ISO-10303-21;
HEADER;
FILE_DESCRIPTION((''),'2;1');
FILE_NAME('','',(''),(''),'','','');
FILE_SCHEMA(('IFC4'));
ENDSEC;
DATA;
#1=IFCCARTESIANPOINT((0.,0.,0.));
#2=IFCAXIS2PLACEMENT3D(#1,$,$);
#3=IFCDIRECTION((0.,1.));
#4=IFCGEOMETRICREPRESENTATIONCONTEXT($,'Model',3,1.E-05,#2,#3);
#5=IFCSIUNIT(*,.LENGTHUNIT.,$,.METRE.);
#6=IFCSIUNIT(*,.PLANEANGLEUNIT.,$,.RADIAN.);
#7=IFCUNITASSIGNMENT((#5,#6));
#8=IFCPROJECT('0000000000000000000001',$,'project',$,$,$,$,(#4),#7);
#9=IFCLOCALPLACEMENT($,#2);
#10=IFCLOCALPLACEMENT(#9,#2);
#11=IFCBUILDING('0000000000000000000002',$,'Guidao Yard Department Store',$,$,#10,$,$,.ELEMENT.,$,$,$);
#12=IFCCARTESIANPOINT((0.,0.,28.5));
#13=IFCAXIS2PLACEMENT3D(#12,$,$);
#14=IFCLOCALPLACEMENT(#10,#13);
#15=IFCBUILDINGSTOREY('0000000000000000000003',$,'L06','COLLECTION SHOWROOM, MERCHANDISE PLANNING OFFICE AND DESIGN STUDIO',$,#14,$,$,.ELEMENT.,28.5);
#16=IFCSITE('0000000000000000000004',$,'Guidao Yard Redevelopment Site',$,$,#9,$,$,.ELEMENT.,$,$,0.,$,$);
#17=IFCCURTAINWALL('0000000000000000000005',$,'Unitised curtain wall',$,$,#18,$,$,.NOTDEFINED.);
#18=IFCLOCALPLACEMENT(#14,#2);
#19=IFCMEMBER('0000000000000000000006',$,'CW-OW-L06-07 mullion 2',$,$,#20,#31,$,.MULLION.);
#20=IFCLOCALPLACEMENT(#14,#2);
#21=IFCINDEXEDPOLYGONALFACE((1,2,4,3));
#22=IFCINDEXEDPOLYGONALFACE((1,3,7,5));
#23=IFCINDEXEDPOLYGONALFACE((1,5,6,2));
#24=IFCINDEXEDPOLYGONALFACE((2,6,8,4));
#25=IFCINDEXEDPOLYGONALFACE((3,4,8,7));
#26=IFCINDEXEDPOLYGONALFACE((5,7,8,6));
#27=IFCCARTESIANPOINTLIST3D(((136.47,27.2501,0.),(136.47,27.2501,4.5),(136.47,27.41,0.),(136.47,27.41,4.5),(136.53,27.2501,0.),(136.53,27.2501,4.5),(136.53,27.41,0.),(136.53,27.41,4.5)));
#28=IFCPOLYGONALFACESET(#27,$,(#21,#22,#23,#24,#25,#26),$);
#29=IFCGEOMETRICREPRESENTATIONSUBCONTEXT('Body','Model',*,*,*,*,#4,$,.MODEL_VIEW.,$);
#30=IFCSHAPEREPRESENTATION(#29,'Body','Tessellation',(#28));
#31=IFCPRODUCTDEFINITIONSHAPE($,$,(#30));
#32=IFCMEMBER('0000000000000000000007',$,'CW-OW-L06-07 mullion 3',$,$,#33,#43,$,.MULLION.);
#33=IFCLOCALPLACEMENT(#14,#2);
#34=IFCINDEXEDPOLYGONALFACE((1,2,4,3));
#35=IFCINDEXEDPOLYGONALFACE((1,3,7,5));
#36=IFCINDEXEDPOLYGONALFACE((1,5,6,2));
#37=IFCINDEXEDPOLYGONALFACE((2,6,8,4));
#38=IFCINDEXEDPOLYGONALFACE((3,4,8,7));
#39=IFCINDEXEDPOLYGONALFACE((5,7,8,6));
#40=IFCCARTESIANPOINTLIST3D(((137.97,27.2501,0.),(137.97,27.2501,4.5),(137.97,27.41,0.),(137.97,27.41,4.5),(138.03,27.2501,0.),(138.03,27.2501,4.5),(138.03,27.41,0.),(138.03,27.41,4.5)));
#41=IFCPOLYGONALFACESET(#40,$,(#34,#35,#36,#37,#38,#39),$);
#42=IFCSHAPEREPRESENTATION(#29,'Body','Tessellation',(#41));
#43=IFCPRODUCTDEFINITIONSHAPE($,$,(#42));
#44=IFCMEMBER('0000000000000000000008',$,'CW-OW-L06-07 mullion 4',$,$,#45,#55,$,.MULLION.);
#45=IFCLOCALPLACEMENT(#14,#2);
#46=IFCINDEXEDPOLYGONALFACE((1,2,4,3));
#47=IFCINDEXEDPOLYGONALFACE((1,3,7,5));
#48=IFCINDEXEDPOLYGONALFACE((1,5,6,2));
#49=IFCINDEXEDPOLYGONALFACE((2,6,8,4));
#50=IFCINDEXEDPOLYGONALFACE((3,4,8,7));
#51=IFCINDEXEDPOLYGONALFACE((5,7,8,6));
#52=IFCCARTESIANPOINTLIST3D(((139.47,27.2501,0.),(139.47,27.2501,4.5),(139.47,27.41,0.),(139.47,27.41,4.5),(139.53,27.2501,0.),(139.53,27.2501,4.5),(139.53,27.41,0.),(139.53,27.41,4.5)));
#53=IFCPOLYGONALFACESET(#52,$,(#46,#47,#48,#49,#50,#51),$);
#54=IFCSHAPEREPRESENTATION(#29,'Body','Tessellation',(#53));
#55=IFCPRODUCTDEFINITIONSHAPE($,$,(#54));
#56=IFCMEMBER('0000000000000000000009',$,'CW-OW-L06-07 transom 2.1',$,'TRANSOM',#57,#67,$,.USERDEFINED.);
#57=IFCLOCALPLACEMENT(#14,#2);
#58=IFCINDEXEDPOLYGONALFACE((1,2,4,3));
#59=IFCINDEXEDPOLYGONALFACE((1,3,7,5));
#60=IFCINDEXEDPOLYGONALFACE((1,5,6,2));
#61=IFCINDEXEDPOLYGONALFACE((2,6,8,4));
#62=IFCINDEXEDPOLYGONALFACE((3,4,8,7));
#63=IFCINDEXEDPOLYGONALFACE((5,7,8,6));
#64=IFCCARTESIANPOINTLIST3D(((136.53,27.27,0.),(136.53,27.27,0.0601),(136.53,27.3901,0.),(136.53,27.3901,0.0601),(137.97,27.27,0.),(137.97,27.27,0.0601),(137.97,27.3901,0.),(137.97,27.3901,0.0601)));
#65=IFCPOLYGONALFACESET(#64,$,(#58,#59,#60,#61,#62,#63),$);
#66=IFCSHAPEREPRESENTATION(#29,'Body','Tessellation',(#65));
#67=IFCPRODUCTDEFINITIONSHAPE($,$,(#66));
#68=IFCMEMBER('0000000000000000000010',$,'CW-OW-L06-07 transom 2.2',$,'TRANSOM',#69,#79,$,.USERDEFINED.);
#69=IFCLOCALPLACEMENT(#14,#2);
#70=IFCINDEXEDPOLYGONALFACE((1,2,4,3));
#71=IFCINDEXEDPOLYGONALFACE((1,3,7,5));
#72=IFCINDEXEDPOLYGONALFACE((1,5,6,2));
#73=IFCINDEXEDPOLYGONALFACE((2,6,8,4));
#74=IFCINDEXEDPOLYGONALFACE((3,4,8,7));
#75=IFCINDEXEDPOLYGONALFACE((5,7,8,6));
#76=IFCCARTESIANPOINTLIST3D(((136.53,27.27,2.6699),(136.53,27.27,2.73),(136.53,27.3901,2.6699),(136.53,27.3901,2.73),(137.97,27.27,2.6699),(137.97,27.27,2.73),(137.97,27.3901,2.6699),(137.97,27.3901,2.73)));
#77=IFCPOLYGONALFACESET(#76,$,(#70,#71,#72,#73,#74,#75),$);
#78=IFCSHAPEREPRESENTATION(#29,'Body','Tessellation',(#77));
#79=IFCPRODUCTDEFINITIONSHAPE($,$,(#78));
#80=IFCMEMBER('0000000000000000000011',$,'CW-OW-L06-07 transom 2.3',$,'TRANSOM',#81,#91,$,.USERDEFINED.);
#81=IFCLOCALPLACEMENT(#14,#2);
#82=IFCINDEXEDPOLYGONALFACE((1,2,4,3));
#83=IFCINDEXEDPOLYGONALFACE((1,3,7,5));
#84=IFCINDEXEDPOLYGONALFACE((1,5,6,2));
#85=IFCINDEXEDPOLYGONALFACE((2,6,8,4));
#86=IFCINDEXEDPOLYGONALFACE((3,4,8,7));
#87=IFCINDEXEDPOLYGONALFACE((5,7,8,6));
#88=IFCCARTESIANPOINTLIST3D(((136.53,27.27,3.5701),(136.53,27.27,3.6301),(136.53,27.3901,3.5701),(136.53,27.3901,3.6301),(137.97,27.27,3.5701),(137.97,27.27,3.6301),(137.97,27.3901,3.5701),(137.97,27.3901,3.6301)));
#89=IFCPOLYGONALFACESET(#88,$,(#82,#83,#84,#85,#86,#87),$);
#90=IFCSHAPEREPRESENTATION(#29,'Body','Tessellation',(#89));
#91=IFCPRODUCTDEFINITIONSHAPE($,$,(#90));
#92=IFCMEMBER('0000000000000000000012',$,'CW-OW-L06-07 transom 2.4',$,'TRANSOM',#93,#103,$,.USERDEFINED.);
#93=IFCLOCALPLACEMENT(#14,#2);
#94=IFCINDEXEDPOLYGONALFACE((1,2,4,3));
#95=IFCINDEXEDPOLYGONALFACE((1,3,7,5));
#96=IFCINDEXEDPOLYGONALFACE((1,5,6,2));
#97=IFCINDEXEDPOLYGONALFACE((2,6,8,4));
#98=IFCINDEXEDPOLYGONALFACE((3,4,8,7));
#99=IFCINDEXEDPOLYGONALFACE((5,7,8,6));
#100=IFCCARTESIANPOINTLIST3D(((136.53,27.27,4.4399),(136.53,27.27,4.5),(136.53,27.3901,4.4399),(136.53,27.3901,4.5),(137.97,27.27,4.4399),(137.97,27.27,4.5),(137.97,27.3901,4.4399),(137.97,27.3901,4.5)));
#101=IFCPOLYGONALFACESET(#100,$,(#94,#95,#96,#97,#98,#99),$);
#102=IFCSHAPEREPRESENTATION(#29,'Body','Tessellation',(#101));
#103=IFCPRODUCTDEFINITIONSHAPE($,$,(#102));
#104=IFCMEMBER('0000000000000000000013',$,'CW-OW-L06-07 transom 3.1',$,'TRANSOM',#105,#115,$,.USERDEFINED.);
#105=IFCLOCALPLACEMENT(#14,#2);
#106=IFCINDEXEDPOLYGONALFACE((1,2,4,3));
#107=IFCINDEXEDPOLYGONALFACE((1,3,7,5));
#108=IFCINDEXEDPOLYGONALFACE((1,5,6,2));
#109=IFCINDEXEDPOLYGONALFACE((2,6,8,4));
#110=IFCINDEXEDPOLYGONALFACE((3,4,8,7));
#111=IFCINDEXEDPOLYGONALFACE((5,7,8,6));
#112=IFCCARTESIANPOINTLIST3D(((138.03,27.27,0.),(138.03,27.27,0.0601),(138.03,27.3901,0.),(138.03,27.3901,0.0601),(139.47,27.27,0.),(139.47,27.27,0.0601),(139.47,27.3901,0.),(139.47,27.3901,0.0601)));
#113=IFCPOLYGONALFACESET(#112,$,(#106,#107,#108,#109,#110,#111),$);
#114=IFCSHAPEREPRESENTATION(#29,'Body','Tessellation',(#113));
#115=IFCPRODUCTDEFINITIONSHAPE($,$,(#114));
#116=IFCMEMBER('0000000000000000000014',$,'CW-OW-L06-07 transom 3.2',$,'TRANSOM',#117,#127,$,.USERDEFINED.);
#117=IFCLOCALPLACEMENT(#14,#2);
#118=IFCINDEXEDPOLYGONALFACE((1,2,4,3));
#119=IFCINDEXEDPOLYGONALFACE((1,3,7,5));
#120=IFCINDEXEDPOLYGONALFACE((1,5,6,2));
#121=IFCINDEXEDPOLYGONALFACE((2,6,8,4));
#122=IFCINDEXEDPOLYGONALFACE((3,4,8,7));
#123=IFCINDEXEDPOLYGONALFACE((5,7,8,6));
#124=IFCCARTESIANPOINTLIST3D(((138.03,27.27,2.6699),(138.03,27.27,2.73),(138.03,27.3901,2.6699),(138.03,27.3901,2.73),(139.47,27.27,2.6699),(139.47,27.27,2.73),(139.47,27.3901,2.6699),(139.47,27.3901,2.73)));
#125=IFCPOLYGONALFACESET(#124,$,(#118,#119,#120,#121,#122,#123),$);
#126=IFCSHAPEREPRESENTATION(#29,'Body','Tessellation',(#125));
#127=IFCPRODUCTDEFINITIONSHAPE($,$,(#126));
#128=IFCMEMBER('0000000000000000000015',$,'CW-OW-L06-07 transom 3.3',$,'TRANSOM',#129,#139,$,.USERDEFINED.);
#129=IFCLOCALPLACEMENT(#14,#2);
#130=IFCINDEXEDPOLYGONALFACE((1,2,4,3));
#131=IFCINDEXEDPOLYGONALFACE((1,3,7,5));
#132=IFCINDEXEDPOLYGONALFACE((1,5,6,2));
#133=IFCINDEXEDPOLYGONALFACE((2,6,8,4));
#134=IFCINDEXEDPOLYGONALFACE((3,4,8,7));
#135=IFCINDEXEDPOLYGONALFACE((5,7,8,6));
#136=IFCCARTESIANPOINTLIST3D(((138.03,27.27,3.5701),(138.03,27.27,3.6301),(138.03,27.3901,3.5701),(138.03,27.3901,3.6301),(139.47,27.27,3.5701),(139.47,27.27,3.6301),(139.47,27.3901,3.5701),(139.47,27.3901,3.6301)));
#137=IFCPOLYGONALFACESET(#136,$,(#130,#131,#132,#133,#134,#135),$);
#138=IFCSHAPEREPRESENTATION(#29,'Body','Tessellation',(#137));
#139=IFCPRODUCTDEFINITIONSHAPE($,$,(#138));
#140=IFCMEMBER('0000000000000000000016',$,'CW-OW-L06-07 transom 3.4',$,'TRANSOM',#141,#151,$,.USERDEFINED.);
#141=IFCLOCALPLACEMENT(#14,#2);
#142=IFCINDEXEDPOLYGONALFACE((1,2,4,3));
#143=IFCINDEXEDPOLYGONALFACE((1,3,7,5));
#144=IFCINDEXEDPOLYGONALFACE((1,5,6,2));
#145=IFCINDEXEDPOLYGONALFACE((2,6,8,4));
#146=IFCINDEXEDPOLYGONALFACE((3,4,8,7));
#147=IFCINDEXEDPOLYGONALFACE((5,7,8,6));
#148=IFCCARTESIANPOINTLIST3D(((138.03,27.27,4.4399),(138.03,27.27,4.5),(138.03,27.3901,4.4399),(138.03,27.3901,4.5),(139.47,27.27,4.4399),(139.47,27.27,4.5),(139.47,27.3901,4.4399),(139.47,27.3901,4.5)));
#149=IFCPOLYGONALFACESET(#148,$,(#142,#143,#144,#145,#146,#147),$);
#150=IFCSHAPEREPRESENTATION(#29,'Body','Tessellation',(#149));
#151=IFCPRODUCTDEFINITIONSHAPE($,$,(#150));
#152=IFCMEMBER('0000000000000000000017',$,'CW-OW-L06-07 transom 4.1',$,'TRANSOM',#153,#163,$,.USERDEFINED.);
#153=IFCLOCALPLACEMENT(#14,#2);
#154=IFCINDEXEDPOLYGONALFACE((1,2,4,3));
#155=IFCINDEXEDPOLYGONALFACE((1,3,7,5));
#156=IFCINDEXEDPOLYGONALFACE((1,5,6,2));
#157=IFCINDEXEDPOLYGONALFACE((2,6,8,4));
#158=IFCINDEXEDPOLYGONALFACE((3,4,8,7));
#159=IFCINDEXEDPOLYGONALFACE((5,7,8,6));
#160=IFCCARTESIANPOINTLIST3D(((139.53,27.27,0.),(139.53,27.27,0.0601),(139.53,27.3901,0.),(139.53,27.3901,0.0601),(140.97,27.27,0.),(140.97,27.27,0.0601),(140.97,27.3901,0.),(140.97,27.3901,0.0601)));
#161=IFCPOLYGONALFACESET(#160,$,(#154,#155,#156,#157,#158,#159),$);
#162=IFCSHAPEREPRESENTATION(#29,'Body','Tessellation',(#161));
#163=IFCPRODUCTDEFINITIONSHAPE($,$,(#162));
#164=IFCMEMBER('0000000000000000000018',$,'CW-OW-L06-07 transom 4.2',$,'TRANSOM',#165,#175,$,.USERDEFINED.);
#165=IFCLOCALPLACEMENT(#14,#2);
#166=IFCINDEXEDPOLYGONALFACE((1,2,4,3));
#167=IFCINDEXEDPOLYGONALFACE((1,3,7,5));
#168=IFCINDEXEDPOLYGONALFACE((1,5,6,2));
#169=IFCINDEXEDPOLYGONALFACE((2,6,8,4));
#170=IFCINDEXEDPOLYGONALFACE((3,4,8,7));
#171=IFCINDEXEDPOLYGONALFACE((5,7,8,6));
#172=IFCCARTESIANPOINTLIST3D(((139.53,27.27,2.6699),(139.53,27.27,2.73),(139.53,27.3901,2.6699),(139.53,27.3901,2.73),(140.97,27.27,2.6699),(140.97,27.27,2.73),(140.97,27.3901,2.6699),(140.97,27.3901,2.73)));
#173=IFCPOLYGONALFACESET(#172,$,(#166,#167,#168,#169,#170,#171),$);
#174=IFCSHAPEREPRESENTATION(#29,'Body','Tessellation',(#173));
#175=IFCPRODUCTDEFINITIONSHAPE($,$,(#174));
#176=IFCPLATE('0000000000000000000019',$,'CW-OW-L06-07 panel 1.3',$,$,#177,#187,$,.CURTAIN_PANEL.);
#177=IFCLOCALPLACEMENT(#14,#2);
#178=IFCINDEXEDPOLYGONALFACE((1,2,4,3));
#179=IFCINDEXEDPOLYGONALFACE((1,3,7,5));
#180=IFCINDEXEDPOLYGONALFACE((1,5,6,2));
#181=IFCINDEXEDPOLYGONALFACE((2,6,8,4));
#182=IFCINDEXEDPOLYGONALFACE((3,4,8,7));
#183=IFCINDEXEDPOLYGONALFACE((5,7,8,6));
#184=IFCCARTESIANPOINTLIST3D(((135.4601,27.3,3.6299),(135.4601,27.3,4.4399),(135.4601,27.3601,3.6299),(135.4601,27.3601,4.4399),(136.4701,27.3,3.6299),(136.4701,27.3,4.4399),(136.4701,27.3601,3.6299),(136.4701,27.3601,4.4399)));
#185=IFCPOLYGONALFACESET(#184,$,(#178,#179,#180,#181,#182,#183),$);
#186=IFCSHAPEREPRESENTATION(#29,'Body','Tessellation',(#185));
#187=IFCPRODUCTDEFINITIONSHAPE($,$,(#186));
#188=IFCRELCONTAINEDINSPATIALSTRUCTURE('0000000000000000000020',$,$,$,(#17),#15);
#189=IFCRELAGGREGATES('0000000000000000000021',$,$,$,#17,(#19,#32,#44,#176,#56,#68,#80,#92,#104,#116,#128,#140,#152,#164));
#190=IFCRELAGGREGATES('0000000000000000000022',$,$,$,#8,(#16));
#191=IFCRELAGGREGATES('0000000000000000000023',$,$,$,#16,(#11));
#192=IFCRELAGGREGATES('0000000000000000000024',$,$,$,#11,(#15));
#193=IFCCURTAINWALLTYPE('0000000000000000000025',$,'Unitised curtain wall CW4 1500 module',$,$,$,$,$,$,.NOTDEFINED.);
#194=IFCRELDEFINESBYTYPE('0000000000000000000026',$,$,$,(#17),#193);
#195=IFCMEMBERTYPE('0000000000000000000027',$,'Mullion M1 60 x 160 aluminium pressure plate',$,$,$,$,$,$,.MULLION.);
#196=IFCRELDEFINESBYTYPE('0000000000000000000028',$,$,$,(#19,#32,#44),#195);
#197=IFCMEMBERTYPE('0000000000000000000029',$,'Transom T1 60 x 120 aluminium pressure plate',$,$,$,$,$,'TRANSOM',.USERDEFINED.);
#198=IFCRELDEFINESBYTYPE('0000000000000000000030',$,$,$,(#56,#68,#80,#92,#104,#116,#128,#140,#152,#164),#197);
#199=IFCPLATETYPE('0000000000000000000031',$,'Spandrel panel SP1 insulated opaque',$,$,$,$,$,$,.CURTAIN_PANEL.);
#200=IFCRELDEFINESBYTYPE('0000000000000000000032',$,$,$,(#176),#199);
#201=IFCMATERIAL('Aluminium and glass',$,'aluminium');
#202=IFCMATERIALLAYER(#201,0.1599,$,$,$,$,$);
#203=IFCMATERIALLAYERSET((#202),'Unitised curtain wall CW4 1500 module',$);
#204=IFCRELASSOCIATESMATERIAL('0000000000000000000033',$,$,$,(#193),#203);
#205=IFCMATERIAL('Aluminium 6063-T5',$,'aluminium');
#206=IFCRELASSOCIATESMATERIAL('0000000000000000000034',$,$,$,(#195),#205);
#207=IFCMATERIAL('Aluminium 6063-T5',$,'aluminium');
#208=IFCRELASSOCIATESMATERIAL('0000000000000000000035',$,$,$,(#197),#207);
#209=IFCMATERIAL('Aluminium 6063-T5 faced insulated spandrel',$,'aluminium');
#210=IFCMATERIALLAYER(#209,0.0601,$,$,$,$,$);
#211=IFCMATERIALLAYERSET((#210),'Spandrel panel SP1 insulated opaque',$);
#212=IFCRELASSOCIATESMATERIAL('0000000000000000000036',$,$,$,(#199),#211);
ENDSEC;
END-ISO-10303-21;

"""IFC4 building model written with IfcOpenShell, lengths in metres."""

from ifc_helpers import new_model, si_unit, direction, frame, origin, origin_2d, place, context, subcontext, project, spatial, rectangle, extrude, material, layer, layer_set, material_profile, profile_set, type_object, element, aggregate, save


model = new_model("IFC4")

# Units and contexts
model_context = context("Model", 3, precision=1e-05, world=origin(), true_north=direction((0.0, 1.0)))
body_context = subcontext(model_context, "Body", "Model", "MODEL_VIEW")
ifc_project = project(units=[si_unit("LENGTHUNIT", "METRE"), si_unit("PLANEANGLEUNIT", "RADIAN")], contexts=[model_context])

# Site, building, storey
site_placement = place(None, origin())
site = spatial("IfcSite", under=ifc_project, at=site_placement, Name="Guidao Yard Redevelopment Site", CompositionType="ELEMENT", RefElevation=0.0)
building_placement = place(site_placement, origin())
building = spatial("IfcBuilding", under=site, at=building_placement, Name="Guidao Yard Department Store", CompositionType="ELEMENT")
storey_placement = place(building_placement, frame((0.0, 0.0, 28.5)))
storey = spatial("IfcBuildingStorey", under=building, at=storey_placement, Name="L06", Description="COLLECTION SHOWROOM, MERCHANDISE PLANNING OFFICE AND DESIGN STUDIO", CompositionType="ELEMENT", Elevation=28.5)

# Curtain wall, members, plate
ifc_material_1 = material(Name="Aluminium and glass", Category="aluminium")
ifc_layer_1 = layer(ifc_material_1, 0.1599)
ifc_layer_set_1 = layer_set([ifc_layer_1], Name="Unitised curtain wall CW4 1500 module")
curtain_wall_type = type_object("IfcCurtainWallType", Name="Unitised curtain wall CW4 1500 module", PredefinedType="NOTDEFINED", material=ifc_layer_set_1)
curtain_wall_placement = place(storey_placement, origin())
curtain_wall = element("IfcCurtainWall", 1, at=curtain_wall_placement, inside=storey, type_object=curtain_wall_type, Name="Unitised curtain wall", PredefinedType="NOTDEFINED")
ifc_material_2 = material(Name="Aluminium 6063-T5", Category="aluminium")
ifc_material_profile_1 = material_profile(ifc_material_2, rectangle(XDim=0.0601, YDim=0.1599, at=origin_2d()), Name="Mullion M1 60 x 160 aluminium pressure plate")
ifc_profile_set_1 = profile_set([ifc_material_profile_1], Name="Aluminium 6063-T5")
member_type_1 = type_object("IfcMemberType", Name="Mullion M1 60 x 160 aluminium pressure plate", PredefinedType="MULLION", material=ifc_profile_set_1)
member_1_placement = place(storey_placement, frame((136.5, 27.3301, 0.0), z_axis=(0.0, 0.0, 1.0), x_axis=(1.0, 0.0, 0.0)))
member_1 = element("IfcMember", 2, at=member_1_placement, type_object=member_type_1, Name="CW-OW-L06-07 mullion 2", PredefinedType="MULLION", context=body_context, shape_type="SweptSolid", body=[
    extrude(rectangle(XDim=0.0601, YDim=0.1599, at=origin_2d()), origin(), (0.0, 0.0, 1.0), 4.5),
])
member_2_placement = place(storey_placement, frame((138.0, 27.3301, 0.0), z_axis=(0.0, 0.0, 1.0), x_axis=(1.0, 0.0, 0.0)))
member_2 = element("IfcMember", 3, at=member_2_placement, type_object=member_type_1, Name="CW-OW-L06-07 mullion 3", PredefinedType="MULLION", context=body_context, shape_type="SweptSolid", body=[
    extrude(rectangle(XDim=0.0601, YDim=0.1599, at=origin_2d()), origin(), (0.0, 0.0, 1.0), 4.5),
])
member_3_placement = place(storey_placement, frame((139.5, 27.3301, 0.0), z_axis=(0.0, 0.0, 1.0), x_axis=(1.0, 0.0, 0.0)))
member_3 = element("IfcMember", 4, at=member_3_placement, type_object=member_type_1, Name="CW-OW-L06-07 mullion 4", PredefinedType="MULLION", context=body_context, shape_type="SweptSolid", body=[
    extrude(rectangle(XDim=0.0601, YDim=0.1599, at=origin_2d()), origin(), (0.0, 0.0, 1.0), 4.5),
])
ifc_material_3 = material(Name="Aluminium 6063-T5", Category="aluminium")
ifc_material_profile_2 = material_profile(ifc_material_3, rectangle(XDim=0.1201, YDim=0.0601, at=origin_2d()), Name="Transom T1 60 x 120 aluminium pressure plate")
ifc_profile_set_2 = profile_set([ifc_material_profile_2], Name="Aluminium 6063-T5")
member_type_2 = type_object("IfcMemberType", Name="Transom T1 60 x 120 aluminium pressure plate", ElementType="TRANSOM", PredefinedType="USERDEFINED", material=ifc_profile_set_2)
member_4_placement = place(storey_placement, frame((136.53, 27.3301, 0.03), z_axis=(1.0, 0.0, 0.0), x_axis=(0.0, 1.0, 0.0)))
member_4 = element("IfcMember", 5, at=member_4_placement, type_object=member_type_2, Name="CW-OW-L06-07 transom 2.1", ObjectType="TRANSOM", PredefinedType="USERDEFINED", context=body_context, shape_type="SweptSolid", body=[
    extrude(rectangle(XDim=0.1201, YDim=0.0601, at=origin_2d()), origin(), (0.0, 0.0, 1.0), 1.4399),
])
member_5_placement = place(storey_placement, frame((136.53, 27.3301, 2.7), z_axis=(1.0, 0.0, 0.0), x_axis=(0.0, 1.0, 0.0)))
member_5 = element("IfcMember", 6, at=member_5_placement, type_object=member_type_2, Name="CW-OW-L06-07 transom 2.2", ObjectType="TRANSOM", PredefinedType="USERDEFINED", context=body_context, shape_type="SweptSolid", body=[
    extrude(rectangle(XDim=0.1201, YDim=0.0601, at=origin_2d()), origin(), (0.0, 0.0, 1.0), 1.4399),
])
member_6_placement = place(storey_placement, frame((136.53, 27.3301, 3.6001), z_axis=(1.0, 0.0, 0.0), x_axis=(0.0, 1.0, 0.0)))
member_6 = element("IfcMember", 7, at=member_6_placement, type_object=member_type_2, Name="CW-OW-L06-07 transom 2.3", ObjectType="TRANSOM", PredefinedType="USERDEFINED", context=body_context, shape_type="SweptSolid", body=[
    extrude(rectangle(XDim=0.1201, YDim=0.0601, at=origin_2d()), origin(), (0.0, 0.0, 1.0), 1.4399),
])
member_7_placement = place(storey_placement, frame((136.53, 27.3301, 4.47), z_axis=(1.0, 0.0, 0.0), x_axis=(0.0, 1.0, 0.0)))
member_7 = element("IfcMember", 8, at=member_7_placement, type_object=member_type_2, Name="CW-OW-L06-07 transom 2.4", ObjectType="TRANSOM", PredefinedType="USERDEFINED", context=body_context, shape_type="SweptSolid", body=[
    extrude(rectangle(XDim=0.1201, YDim=0.0601, at=origin_2d()), origin(), (0.0, 0.0, 1.0), 1.4399),
])
member_8_placement = place(storey_placement, frame((138.03, 27.3301, 0.03), z_axis=(1.0, 0.0, 0.0), x_axis=(0.0, 1.0, 0.0)))
member_8 = element("IfcMember", 9, at=member_8_placement, type_object=member_type_2, Name="CW-OW-L06-07 transom 3.1", ObjectType="TRANSOM", PredefinedType="USERDEFINED", context=body_context, shape_type="SweptSolid", body=[
    extrude(rectangle(XDim=0.1201, YDim=0.0601, at=origin_2d()), origin(), (0.0, 0.0, 1.0), 1.4399),
])
member_9_placement = place(storey_placement, frame((138.03, 27.3301, 2.7), z_axis=(1.0, 0.0, 0.0), x_axis=(0.0, 1.0, 0.0)))
member_9 = element("IfcMember", 10, at=member_9_placement, type_object=member_type_2, Name="CW-OW-L06-07 transom 3.2", ObjectType="TRANSOM", PredefinedType="USERDEFINED", context=body_context, shape_type="SweptSolid", body=[
    extrude(rectangle(XDim=0.1201, YDim=0.0601, at=origin_2d()), origin(), (0.0, 0.0, 1.0), 1.4399),
])
member_10_placement = place(storey_placement, frame((138.03, 27.3301, 3.6001), z_axis=(1.0, 0.0, 0.0), x_axis=(0.0, 1.0, 0.0)))
member_10 = element("IfcMember", 11, at=member_10_placement, type_object=member_type_2, Name="CW-OW-L06-07 transom 3.3", ObjectType="TRANSOM", PredefinedType="USERDEFINED", context=body_context, shape_type="SweptSolid", body=[
    extrude(rectangle(XDim=0.1201, YDim=0.0601, at=origin_2d()), origin(), (0.0, 0.0, 1.0), 1.4399),
])
member_11_placement = place(storey_placement, frame((138.03, 27.3301, 4.47), z_axis=(1.0, 0.0, 0.0), x_axis=(0.0, 1.0, 0.0)))
member_11 = element("IfcMember", 12, at=member_11_placement, type_object=member_type_2, Name="CW-OW-L06-07 transom 3.4", ObjectType="TRANSOM", PredefinedType="USERDEFINED", context=body_context, shape_type="SweptSolid", body=[
    extrude(rectangle(XDim=0.1201, YDim=0.0601, at=origin_2d()), origin(), (0.0, 0.0, 1.0), 1.4399),
])
member_12_placement = place(storey_placement, frame((139.53, 27.3301, 0.03), z_axis=(1.0, 0.0, 0.0), x_axis=(0.0, 1.0, 0.0)))
member_12 = element("IfcMember", 13, at=member_12_placement, type_object=member_type_2, Name="CW-OW-L06-07 transom 4.1", ObjectType="TRANSOM", PredefinedType="USERDEFINED", context=body_context, shape_type="SweptSolid", body=[
    extrude(rectangle(XDim=0.1201, YDim=0.0601, at=origin_2d()), origin(), (0.0, 0.0, 1.0), 1.4399),
])
member_13_placement = place(storey_placement, frame((139.53, 27.3301, 2.7), z_axis=(1.0, 0.0, 0.0), x_axis=(0.0, 1.0, 0.0)))
member_13 = element("IfcMember", 14, at=member_13_placement, type_object=member_type_2, Name="CW-OW-L06-07 transom 4.2", ObjectType="TRANSOM", PredefinedType="USERDEFINED", context=body_context, shape_type="SweptSolid", body=[
    extrude(rectangle(XDim=0.1201, YDim=0.0601, at=origin_2d()), origin(), (0.0, 0.0, 1.0), 1.4399),
])
ifc_material_4 = material(Name="Aluminium 6063-T5 faced insulated spandrel", Category="aluminium")
ifc_layer_2 = layer(ifc_material_4, 0.0601)
ifc_layer_set_2 = layer_set([ifc_layer_2], Name="Spandrel panel SP1 insulated opaque")
plate_type_1 = type_object("IfcPlateType", Name="Spandrel panel SP1 insulated opaque", PredefinedType="CURTAIN_PANEL", material=ifc_layer_set_2)
plate_1_placement = place(storey_placement, frame((135.9651, 27.3301, 3.6299), z_axis=(0.0, 0.0, 1.0), x_axis=(1.0, 0.0, 0.0)))
plate_1 = element("IfcPlate", 15, at=plate_1_placement, type_object=plate_type_1, Name="CW-OW-L06-07 panel 1.3", PredefinedType="CURTAIN_PANEL", context=body_context, shape_type="SweptSolid", body=[
    extrude(rectangle(XDim=1.01, YDim=0.0601, at=origin_2d()), origin(), (0.0, 0.0, 1.0), 0.8101),
])
aggregate(curtain_wall, [member_1, member_2, member_3, plate_1, member_4, member_5, member_6, member_7, member_8, member_9, member_10, member_11, member_12, member_13])

save(model, "model.ifc")
